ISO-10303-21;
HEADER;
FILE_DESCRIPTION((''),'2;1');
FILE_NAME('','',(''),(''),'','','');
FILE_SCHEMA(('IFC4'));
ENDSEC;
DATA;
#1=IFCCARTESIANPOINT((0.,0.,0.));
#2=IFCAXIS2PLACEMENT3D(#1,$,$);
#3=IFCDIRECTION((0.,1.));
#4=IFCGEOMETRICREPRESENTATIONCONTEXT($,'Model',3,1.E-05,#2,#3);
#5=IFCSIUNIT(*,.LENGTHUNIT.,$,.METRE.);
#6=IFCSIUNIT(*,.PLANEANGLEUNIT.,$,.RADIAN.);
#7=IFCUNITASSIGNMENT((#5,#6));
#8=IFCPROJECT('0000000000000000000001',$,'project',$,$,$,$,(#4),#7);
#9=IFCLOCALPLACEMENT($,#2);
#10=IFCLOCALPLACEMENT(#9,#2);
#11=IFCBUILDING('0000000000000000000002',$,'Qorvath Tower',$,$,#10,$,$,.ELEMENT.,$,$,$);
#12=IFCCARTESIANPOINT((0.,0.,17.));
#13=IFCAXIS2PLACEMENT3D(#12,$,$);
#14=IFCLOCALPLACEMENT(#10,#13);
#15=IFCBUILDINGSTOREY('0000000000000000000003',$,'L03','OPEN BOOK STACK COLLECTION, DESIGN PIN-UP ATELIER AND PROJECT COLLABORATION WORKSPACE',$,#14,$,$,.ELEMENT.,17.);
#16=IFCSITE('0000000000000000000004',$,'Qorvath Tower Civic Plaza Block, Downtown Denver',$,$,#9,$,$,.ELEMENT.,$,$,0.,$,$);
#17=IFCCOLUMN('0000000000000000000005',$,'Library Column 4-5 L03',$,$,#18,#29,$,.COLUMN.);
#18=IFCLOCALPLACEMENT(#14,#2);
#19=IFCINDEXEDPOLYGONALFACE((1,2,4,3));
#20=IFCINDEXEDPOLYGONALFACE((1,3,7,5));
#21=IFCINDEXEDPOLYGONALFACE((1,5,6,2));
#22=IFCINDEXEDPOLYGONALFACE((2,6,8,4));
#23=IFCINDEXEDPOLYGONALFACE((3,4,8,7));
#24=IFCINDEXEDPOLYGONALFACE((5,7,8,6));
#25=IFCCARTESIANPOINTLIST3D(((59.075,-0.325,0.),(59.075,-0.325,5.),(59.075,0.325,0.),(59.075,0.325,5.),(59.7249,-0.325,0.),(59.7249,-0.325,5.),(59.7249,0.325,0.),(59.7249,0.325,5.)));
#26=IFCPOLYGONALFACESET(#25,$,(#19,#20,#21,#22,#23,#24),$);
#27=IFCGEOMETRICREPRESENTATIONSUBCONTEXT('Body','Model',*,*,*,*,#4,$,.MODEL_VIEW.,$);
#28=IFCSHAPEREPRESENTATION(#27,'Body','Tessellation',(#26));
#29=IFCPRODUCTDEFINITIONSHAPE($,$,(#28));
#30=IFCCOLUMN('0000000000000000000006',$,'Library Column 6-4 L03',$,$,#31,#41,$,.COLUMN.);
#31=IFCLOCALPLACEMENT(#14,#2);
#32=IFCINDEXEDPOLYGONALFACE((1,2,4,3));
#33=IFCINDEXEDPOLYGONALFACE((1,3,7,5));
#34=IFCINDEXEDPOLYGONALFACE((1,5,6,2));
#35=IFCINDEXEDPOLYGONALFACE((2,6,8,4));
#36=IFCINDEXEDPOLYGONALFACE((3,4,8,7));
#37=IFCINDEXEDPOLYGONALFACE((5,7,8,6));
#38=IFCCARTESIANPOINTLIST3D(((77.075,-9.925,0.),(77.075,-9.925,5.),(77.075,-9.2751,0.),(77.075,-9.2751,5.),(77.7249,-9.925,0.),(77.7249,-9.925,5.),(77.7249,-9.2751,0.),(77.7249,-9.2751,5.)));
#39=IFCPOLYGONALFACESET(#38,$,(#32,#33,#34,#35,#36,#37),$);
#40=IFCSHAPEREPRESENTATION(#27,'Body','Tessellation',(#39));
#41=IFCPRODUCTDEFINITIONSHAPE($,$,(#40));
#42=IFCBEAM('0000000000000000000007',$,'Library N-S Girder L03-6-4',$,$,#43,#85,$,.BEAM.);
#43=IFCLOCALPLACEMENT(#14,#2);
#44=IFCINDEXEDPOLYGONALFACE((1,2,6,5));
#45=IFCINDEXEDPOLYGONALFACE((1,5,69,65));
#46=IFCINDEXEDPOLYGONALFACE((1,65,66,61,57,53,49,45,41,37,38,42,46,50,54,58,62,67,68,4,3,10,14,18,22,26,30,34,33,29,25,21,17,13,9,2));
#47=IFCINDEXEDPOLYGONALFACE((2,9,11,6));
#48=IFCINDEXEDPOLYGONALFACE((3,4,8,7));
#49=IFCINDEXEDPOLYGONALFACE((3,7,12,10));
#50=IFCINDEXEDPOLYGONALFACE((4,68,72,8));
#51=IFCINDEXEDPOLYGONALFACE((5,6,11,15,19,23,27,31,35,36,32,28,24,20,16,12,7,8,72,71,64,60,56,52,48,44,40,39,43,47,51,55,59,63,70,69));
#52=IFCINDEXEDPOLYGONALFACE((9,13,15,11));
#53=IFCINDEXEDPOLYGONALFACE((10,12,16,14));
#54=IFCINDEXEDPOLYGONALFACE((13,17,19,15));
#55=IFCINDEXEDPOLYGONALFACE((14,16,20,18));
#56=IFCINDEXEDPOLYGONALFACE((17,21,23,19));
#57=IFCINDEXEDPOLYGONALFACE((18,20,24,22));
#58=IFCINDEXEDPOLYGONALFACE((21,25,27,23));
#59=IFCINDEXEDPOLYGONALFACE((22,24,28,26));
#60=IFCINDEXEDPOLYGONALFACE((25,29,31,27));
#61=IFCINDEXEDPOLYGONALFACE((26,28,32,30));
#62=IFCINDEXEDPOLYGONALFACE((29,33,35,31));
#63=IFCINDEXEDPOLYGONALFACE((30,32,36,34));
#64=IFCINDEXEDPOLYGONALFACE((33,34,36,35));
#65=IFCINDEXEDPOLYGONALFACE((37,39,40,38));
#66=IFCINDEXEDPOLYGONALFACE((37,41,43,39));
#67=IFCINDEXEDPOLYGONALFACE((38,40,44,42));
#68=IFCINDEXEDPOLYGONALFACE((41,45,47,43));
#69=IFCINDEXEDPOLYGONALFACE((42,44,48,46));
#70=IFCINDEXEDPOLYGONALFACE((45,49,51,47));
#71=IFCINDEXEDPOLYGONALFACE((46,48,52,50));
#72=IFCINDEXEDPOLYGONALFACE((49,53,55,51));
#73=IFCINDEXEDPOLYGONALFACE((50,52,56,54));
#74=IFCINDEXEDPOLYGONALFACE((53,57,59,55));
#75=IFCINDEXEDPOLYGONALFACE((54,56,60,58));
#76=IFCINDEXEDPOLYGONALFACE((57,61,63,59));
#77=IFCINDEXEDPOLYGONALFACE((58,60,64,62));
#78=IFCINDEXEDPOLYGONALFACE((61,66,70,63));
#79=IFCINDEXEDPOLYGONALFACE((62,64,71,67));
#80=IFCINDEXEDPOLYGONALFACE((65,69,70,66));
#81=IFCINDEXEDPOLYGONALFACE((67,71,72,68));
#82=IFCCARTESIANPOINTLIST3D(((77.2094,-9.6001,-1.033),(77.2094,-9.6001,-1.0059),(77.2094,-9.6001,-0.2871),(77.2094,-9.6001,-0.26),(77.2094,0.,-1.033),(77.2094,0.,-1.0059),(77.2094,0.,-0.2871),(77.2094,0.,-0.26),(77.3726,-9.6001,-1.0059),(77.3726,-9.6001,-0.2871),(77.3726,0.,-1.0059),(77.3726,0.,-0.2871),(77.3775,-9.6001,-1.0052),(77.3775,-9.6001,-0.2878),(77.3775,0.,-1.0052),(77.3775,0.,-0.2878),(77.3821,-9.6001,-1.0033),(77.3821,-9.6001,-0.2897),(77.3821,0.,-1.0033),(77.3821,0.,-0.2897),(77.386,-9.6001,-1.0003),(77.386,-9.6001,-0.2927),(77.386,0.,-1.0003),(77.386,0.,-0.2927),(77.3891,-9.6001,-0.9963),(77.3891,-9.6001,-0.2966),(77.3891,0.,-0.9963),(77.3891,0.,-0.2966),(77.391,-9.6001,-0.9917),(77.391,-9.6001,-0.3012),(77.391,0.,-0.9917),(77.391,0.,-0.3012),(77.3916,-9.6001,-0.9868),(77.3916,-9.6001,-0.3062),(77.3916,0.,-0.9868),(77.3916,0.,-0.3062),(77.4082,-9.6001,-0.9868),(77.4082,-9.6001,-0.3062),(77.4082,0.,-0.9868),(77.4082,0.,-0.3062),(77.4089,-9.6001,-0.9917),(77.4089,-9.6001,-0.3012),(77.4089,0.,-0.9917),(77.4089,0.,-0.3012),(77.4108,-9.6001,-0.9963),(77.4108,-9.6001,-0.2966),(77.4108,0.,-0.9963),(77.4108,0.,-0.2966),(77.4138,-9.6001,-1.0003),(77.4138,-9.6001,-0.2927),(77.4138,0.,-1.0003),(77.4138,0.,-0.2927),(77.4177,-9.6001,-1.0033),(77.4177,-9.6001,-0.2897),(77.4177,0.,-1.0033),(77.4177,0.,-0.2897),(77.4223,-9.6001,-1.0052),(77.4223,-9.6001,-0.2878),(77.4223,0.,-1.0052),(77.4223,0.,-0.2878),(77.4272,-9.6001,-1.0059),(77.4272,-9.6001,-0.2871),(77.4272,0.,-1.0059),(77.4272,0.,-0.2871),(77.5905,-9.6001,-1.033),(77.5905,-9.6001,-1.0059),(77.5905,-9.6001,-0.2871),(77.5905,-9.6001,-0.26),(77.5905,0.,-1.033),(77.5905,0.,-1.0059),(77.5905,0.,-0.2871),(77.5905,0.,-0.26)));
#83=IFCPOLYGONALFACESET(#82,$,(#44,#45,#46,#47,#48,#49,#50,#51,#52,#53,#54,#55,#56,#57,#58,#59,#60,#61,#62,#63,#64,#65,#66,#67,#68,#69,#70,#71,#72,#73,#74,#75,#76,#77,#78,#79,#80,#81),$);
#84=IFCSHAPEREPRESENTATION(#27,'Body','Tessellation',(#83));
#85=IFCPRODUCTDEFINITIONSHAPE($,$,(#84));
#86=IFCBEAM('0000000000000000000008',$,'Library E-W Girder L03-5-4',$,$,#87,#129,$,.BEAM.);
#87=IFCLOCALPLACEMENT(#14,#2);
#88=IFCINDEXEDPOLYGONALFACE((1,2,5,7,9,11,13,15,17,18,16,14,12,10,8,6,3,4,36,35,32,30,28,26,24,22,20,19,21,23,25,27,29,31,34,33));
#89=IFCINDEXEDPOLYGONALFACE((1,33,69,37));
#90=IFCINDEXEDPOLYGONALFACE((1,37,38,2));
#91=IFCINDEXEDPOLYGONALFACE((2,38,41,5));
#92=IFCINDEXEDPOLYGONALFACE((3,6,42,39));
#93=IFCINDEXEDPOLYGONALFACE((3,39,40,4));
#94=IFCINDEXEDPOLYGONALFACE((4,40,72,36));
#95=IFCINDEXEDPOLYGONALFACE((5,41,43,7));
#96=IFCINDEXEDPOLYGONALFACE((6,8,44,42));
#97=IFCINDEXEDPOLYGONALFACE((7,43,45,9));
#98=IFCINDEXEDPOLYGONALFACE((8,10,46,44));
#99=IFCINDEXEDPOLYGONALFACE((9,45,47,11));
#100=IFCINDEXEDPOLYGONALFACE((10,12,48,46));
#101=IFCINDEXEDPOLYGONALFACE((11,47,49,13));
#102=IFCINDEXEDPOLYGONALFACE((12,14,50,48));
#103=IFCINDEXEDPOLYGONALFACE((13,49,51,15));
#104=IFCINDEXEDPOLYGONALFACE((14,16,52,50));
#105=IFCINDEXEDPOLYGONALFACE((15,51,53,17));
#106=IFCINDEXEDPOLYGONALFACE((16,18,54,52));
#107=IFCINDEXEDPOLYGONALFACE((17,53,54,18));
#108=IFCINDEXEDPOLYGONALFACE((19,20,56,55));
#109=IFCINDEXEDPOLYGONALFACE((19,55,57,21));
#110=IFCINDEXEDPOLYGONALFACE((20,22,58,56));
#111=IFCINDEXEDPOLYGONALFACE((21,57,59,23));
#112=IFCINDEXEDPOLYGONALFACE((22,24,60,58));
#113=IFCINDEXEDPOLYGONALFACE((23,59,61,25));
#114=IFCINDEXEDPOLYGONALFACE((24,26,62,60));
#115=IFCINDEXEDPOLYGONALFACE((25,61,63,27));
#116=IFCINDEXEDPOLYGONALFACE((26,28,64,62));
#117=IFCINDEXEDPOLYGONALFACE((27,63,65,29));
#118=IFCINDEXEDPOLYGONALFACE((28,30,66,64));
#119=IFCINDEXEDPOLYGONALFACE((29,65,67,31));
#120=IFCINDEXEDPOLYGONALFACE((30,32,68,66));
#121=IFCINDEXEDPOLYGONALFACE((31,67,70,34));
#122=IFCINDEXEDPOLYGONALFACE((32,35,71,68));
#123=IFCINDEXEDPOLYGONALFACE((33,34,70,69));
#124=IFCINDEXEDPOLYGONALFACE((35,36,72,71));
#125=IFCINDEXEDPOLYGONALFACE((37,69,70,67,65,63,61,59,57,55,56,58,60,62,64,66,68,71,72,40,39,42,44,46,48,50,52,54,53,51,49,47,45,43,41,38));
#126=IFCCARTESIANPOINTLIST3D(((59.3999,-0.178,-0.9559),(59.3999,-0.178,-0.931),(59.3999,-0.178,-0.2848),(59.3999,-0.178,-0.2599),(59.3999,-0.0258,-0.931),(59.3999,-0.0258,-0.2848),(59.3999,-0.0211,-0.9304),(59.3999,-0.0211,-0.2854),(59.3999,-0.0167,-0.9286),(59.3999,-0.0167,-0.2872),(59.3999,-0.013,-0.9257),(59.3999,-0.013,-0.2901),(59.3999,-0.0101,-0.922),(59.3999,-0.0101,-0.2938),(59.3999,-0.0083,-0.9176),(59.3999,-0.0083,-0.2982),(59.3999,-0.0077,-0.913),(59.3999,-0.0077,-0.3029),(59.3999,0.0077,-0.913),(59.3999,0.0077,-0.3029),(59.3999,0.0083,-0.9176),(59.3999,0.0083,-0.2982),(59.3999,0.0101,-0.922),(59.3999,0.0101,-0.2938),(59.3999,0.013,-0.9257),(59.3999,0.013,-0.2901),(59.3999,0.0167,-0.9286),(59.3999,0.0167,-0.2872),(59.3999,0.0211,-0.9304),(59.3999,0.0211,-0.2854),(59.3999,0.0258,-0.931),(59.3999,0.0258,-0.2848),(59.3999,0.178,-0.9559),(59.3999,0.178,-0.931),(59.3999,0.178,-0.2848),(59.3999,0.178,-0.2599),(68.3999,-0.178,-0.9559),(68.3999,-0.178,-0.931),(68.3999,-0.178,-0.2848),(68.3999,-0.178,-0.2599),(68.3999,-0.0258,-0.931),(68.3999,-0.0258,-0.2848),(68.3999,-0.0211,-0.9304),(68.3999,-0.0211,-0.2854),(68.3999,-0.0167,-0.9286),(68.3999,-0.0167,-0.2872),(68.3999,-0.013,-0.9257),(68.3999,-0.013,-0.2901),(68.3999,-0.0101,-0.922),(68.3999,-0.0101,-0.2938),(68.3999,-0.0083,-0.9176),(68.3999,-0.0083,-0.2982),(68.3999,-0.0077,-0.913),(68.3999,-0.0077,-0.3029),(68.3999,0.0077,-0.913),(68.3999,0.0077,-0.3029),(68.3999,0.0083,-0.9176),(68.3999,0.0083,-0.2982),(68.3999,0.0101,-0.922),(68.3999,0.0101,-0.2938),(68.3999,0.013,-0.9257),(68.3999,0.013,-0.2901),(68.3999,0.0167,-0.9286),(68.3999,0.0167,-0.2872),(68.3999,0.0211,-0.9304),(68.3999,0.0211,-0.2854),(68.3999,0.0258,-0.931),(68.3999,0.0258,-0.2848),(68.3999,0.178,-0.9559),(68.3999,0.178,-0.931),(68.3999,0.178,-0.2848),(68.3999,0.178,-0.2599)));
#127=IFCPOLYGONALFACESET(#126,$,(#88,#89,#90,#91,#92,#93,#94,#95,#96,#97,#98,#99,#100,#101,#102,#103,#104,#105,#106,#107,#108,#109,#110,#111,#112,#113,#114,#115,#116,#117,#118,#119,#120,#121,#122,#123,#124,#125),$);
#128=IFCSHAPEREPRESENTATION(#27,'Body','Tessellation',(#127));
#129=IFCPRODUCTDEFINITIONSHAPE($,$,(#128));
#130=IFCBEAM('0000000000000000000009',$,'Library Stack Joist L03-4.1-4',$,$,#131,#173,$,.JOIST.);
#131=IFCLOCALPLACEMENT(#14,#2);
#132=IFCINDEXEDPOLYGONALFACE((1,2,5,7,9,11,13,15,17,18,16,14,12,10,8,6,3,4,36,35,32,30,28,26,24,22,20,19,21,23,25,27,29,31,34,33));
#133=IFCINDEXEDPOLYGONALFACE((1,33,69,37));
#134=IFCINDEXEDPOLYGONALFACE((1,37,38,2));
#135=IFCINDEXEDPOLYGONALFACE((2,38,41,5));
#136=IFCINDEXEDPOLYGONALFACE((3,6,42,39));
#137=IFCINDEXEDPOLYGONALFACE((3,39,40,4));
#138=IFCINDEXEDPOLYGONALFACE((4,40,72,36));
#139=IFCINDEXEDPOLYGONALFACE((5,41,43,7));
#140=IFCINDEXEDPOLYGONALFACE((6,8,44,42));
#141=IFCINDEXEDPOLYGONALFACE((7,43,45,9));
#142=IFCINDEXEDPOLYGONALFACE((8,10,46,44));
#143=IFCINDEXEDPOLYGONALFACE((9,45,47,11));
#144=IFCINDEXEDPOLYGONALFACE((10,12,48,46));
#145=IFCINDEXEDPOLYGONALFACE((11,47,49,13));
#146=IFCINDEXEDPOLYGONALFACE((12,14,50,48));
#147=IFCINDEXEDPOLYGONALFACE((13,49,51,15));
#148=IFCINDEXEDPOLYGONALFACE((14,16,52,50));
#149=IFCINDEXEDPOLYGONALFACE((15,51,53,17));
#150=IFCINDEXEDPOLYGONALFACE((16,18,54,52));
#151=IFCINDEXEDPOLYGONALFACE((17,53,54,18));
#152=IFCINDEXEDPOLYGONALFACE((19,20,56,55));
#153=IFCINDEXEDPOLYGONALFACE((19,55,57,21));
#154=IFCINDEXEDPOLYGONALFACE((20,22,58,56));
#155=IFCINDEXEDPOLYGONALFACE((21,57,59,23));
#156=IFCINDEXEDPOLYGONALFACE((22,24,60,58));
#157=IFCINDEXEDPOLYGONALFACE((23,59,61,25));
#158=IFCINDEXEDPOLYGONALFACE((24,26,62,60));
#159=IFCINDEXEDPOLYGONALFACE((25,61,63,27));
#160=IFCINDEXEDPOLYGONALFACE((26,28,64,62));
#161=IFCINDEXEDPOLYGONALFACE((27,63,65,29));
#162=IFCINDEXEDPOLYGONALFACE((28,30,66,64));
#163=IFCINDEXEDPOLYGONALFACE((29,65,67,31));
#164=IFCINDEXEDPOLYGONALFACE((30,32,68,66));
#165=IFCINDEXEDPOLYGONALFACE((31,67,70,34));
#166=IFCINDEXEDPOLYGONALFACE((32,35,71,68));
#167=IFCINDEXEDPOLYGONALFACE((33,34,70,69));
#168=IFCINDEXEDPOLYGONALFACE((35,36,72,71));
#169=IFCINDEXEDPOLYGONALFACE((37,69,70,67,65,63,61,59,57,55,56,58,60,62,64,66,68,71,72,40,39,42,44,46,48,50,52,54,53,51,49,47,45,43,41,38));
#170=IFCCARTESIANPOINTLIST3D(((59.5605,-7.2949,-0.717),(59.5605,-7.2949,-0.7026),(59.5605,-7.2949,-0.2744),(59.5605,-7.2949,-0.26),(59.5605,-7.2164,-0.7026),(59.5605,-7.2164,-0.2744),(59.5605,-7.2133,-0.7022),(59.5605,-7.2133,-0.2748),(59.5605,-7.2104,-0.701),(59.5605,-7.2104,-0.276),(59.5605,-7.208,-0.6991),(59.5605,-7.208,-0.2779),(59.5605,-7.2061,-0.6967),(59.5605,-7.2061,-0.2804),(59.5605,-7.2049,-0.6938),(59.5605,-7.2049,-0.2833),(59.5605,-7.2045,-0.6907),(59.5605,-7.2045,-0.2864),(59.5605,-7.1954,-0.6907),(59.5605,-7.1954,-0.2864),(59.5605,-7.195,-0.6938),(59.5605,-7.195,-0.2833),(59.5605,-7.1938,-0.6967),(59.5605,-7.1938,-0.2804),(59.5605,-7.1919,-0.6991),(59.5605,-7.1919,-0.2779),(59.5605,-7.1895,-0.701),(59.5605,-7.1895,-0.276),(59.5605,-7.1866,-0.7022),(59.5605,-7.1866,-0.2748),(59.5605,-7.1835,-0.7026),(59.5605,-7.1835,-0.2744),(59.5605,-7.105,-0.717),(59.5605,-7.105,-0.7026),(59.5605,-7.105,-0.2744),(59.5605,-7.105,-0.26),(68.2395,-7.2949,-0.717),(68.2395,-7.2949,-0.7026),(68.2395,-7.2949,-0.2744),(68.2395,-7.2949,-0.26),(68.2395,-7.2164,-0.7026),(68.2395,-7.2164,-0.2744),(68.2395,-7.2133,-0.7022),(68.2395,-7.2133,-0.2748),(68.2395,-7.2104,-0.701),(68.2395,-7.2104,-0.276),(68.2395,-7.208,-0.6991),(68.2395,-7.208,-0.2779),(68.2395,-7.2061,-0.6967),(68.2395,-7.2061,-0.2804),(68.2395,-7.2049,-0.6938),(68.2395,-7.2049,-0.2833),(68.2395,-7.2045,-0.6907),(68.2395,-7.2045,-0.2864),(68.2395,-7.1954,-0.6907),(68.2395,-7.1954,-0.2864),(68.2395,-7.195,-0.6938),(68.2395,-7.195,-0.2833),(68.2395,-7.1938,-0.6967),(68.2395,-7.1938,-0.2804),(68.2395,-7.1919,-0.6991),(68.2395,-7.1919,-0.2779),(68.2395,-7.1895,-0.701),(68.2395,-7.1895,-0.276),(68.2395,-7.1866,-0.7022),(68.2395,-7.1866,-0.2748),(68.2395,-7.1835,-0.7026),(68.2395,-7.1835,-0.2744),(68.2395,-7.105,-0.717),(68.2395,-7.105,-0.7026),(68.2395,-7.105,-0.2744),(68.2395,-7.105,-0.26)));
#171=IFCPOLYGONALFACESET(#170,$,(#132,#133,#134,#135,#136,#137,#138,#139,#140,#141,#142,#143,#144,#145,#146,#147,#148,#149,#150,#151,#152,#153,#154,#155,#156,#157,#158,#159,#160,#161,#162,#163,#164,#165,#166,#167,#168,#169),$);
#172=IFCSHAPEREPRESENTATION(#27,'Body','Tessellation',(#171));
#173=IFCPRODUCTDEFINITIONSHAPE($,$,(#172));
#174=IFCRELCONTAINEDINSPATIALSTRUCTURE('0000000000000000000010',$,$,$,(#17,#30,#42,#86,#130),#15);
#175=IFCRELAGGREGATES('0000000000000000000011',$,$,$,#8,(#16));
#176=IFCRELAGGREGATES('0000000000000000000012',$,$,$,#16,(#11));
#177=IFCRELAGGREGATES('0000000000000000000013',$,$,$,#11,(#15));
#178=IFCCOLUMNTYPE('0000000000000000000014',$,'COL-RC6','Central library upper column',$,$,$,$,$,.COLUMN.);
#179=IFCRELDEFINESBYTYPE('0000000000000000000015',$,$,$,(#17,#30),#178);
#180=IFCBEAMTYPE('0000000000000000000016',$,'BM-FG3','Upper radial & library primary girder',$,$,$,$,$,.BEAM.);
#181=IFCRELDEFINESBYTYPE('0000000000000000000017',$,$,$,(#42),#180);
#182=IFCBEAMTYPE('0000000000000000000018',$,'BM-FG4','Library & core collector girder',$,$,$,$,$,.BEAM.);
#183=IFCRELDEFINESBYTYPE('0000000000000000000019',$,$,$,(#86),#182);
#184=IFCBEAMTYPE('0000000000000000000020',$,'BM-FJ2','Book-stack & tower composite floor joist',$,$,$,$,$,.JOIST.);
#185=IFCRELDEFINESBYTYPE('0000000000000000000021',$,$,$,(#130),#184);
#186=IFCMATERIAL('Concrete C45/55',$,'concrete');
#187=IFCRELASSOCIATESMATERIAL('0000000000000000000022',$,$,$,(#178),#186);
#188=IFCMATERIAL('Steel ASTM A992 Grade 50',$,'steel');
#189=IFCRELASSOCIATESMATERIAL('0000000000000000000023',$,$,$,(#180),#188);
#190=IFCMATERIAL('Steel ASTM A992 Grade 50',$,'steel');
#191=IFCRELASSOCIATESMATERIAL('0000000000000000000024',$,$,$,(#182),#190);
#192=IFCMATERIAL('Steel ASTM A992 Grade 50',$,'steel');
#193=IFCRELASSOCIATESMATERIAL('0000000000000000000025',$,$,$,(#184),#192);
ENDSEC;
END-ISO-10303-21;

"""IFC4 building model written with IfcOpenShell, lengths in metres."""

from ifc_helpers import new_model, si_unit, direction, frame, origin, origin_2d, place, context, subcontext, project, spatial, rectangle, i_section, extrude, material, material_profile, profile_set, type_object, element, save


model = new_model("IFC4")

# Units and contexts
model_context = context("Model", 3, precision=1e-05, world=origin(), true_north=direction((0.0, 1.0)))
body_context = subcontext(model_context, "Body", "Model", "MODEL_VIEW")
ifc_project = project(units=[si_unit("LENGTHUNIT", "METRE"), si_unit("PLANEANGLEUNIT", "RADIAN")], contexts=[model_context])

# Site, building, storey
site_placement = place(None, origin())
site = spatial("IfcSite", under=ifc_project, at=site_placement, Name="Qorvath Tower Civic Plaza Block, Downtown Denver", CompositionType="ELEMENT", RefElevation=0.0)
building_placement = place(site_placement, origin())
building = spatial("IfcBuilding", under=site, at=building_placement, Name="Qorvath Tower", CompositionType="ELEMENT")
storey_placement = place(building_placement, frame((0.0, 0.0, 17.0)))
storey = spatial("IfcBuildingStorey", under=building, at=storey_placement, Name="L03", Description="OPEN BOOK STACK COLLECTION, DESIGN PIN-UP ATELIER AND PROJECT COLLABORATION WORKSPACE", CompositionType="ELEMENT", Elevation=17.0)

# Columns
ifc_material_1 = material(Name="Concrete C45/55", Category="concrete")
ifc_material_profile_1 = material_profile(ifc_material_1, rectangle(XDim=0.6499, YDim=0.6499, at=origin_2d()), Name="RC 650x650")
ifc_profile_set_1 = profile_set([ifc_material_profile_1], Name="Concrete C45/55")
column_type = type_object("IfcColumnType", Name="COL-RC6", Description="Central library upper column", PredefinedType="COLUMN", material=ifc_profile_set_1)
for number, where, z_axis, x_axis, name in (
    (1, (59.3999, 0.0, 0.0), (0.0, 0.0, 1.0), (1.0, 0.0, 0.0), "Library Column 4-5 L03"),
    (2, (77.3999, -9.6001, 0.0), (0.0, 0.0, 1.0), (1.0, 0.0, 0.0), "Library Column 6-4 L03"),
):
    element("IfcColumn", number, at=place(storey_placement, frame(where, z_axis=z_axis, x_axis=x_axis)), inside=storey, type_object=column_type, Name=name, PredefinedType="COLUMN", context=body_context, shape_type="SweptSolid", body=[
        extrude(rectangle(XDim=0.6499, YDim=0.6499, at=origin_2d()), origin(), (0.0, 0.0, 1.0), 5.0),
    ])

# Beams
ifc_material_2 = material(Name="Steel ASTM A992 Grade 50", Category="steel")
ifc_material_profile_2 = material_profile(ifc_material_2, i_section(OverallWidth=0.3811, OverallDepth=0.7729, WebThickness=0.0166, FlangeThickness=0.0271, FilletRadius=0.019, at=origin_2d()), Name="W30x173")
ifc_profile_set_2 = profile_set([ifc_material_profile_2], Name="Steel ASTM A992 Grade 50")
beam_type_1 = type_object("IfcBeamType", Name="BM-FG3", Description="Upper radial & library primary girder", PredefinedType="BEAM", material=ifc_profile_set_2)
beam_1_placement = place(storey_placement, frame((77.3999, -9.6001, -0.6465), z_axis=(0.0, 1.0, 0.0), x_axis=(-1.0, 0.0, 0.0)))
element("IfcBeam", 3, at=beam_1_placement, inside=storey, type_object=beam_type_1, Name="Library N-S Girder L03-6-4", PredefinedType="BEAM", context=body_context, shape_type="SweptSolid", body=[
    extrude(i_section(OverallWidth=0.3811, OverallDepth=0.7729, WebThickness=0.0166, FlangeThickness=0.0271, FilletRadius=0.019, at=origin_2d()), origin(), (0.0, 0.0, 1.0), 9.6001),
])
ifc_material_3 = material(Name="Steel ASTM A992 Grade 50", Category="steel")
ifc_material_profile_3 = material_profile(ifc_material_3, i_section(OverallWidth=0.356, OverallDepth=0.696, WebThickness=0.0154, FlangeThickness=0.0249, FilletRadius=0.0181, at=origin_2d()), Name="W27x146")
ifc_profile_set_3 = profile_set([ifc_material_profile_3], Name="Steel ASTM A992 Grade 50")
beam_type_2 = type_object("IfcBeamType", Name="BM-FG4", Description="Library & core collector girder", PredefinedType="BEAM", material=ifc_profile_set_3)
beam_2_placement = place(storey_placement, frame((59.3999, 0.0, -0.6079), z_axis=(1.0, 0.0, 0.0), x_axis=(0.0, 1.0, 0.0)))
element("IfcBeam", 4, at=beam_2_placement, inside=storey, type_object=beam_type_2, Name="Library E-W Girder L03-5-4", PredefinedType="BEAM", context=body_context, shape_type="SweptSolid", body=[
    extrude(i_section(OverallWidth=0.356, OverallDepth=0.696, WebThickness=0.0154, FlangeThickness=0.0249, FilletRadius=0.0181, at=origin_2d()), origin(), (0.0, 0.0, 1.0), 9.0),
])
ifc_material_4 = material(Name="Steel ASTM A992 Grade 50", Category="steel")
ifc_material_profile_4 = material_profile(ifc_material_4, i_section(OverallWidth=0.1899, OverallDepth=0.457, WebThickness=0.009, FlangeThickness=0.0144, FilletRadius=0.012, at=origin_2d()), Name="W18x50")
ifc_profile_set_4 = profile_set([ifc_material_profile_4], Name="Steel ASTM A992 Grade 50")
beam_type_3 = type_object("IfcBeamType", Name="BM-FJ2", Description="Book-stack & tower composite floor joist", PredefinedType="JOIST", material=ifc_profile_set_4)
beam_3_placement = place(storey_placement, frame((59.5605, -7.2, -0.4885), z_axis=(1.0, 0.0, 0.0), x_axis=(0.0, 1.0, 0.0)))
element("IfcBeam", 5, at=beam_3_placement, inside=storey, type_object=beam_type_3, Name="Library Stack Joist L03-4.1-4", PredefinedType="JOIST", context=body_context, shape_type="SweptSolid", body=[
    extrude(i_section(OverallWidth=0.1899, OverallDepth=0.457, WebThickness=0.009, FlangeThickness=0.0144, FilletRadius=0.012, at=origin_2d()), origin(), (0.0, 0.0, 1.0), 8.679),
])

save(model, "model.ifc")
